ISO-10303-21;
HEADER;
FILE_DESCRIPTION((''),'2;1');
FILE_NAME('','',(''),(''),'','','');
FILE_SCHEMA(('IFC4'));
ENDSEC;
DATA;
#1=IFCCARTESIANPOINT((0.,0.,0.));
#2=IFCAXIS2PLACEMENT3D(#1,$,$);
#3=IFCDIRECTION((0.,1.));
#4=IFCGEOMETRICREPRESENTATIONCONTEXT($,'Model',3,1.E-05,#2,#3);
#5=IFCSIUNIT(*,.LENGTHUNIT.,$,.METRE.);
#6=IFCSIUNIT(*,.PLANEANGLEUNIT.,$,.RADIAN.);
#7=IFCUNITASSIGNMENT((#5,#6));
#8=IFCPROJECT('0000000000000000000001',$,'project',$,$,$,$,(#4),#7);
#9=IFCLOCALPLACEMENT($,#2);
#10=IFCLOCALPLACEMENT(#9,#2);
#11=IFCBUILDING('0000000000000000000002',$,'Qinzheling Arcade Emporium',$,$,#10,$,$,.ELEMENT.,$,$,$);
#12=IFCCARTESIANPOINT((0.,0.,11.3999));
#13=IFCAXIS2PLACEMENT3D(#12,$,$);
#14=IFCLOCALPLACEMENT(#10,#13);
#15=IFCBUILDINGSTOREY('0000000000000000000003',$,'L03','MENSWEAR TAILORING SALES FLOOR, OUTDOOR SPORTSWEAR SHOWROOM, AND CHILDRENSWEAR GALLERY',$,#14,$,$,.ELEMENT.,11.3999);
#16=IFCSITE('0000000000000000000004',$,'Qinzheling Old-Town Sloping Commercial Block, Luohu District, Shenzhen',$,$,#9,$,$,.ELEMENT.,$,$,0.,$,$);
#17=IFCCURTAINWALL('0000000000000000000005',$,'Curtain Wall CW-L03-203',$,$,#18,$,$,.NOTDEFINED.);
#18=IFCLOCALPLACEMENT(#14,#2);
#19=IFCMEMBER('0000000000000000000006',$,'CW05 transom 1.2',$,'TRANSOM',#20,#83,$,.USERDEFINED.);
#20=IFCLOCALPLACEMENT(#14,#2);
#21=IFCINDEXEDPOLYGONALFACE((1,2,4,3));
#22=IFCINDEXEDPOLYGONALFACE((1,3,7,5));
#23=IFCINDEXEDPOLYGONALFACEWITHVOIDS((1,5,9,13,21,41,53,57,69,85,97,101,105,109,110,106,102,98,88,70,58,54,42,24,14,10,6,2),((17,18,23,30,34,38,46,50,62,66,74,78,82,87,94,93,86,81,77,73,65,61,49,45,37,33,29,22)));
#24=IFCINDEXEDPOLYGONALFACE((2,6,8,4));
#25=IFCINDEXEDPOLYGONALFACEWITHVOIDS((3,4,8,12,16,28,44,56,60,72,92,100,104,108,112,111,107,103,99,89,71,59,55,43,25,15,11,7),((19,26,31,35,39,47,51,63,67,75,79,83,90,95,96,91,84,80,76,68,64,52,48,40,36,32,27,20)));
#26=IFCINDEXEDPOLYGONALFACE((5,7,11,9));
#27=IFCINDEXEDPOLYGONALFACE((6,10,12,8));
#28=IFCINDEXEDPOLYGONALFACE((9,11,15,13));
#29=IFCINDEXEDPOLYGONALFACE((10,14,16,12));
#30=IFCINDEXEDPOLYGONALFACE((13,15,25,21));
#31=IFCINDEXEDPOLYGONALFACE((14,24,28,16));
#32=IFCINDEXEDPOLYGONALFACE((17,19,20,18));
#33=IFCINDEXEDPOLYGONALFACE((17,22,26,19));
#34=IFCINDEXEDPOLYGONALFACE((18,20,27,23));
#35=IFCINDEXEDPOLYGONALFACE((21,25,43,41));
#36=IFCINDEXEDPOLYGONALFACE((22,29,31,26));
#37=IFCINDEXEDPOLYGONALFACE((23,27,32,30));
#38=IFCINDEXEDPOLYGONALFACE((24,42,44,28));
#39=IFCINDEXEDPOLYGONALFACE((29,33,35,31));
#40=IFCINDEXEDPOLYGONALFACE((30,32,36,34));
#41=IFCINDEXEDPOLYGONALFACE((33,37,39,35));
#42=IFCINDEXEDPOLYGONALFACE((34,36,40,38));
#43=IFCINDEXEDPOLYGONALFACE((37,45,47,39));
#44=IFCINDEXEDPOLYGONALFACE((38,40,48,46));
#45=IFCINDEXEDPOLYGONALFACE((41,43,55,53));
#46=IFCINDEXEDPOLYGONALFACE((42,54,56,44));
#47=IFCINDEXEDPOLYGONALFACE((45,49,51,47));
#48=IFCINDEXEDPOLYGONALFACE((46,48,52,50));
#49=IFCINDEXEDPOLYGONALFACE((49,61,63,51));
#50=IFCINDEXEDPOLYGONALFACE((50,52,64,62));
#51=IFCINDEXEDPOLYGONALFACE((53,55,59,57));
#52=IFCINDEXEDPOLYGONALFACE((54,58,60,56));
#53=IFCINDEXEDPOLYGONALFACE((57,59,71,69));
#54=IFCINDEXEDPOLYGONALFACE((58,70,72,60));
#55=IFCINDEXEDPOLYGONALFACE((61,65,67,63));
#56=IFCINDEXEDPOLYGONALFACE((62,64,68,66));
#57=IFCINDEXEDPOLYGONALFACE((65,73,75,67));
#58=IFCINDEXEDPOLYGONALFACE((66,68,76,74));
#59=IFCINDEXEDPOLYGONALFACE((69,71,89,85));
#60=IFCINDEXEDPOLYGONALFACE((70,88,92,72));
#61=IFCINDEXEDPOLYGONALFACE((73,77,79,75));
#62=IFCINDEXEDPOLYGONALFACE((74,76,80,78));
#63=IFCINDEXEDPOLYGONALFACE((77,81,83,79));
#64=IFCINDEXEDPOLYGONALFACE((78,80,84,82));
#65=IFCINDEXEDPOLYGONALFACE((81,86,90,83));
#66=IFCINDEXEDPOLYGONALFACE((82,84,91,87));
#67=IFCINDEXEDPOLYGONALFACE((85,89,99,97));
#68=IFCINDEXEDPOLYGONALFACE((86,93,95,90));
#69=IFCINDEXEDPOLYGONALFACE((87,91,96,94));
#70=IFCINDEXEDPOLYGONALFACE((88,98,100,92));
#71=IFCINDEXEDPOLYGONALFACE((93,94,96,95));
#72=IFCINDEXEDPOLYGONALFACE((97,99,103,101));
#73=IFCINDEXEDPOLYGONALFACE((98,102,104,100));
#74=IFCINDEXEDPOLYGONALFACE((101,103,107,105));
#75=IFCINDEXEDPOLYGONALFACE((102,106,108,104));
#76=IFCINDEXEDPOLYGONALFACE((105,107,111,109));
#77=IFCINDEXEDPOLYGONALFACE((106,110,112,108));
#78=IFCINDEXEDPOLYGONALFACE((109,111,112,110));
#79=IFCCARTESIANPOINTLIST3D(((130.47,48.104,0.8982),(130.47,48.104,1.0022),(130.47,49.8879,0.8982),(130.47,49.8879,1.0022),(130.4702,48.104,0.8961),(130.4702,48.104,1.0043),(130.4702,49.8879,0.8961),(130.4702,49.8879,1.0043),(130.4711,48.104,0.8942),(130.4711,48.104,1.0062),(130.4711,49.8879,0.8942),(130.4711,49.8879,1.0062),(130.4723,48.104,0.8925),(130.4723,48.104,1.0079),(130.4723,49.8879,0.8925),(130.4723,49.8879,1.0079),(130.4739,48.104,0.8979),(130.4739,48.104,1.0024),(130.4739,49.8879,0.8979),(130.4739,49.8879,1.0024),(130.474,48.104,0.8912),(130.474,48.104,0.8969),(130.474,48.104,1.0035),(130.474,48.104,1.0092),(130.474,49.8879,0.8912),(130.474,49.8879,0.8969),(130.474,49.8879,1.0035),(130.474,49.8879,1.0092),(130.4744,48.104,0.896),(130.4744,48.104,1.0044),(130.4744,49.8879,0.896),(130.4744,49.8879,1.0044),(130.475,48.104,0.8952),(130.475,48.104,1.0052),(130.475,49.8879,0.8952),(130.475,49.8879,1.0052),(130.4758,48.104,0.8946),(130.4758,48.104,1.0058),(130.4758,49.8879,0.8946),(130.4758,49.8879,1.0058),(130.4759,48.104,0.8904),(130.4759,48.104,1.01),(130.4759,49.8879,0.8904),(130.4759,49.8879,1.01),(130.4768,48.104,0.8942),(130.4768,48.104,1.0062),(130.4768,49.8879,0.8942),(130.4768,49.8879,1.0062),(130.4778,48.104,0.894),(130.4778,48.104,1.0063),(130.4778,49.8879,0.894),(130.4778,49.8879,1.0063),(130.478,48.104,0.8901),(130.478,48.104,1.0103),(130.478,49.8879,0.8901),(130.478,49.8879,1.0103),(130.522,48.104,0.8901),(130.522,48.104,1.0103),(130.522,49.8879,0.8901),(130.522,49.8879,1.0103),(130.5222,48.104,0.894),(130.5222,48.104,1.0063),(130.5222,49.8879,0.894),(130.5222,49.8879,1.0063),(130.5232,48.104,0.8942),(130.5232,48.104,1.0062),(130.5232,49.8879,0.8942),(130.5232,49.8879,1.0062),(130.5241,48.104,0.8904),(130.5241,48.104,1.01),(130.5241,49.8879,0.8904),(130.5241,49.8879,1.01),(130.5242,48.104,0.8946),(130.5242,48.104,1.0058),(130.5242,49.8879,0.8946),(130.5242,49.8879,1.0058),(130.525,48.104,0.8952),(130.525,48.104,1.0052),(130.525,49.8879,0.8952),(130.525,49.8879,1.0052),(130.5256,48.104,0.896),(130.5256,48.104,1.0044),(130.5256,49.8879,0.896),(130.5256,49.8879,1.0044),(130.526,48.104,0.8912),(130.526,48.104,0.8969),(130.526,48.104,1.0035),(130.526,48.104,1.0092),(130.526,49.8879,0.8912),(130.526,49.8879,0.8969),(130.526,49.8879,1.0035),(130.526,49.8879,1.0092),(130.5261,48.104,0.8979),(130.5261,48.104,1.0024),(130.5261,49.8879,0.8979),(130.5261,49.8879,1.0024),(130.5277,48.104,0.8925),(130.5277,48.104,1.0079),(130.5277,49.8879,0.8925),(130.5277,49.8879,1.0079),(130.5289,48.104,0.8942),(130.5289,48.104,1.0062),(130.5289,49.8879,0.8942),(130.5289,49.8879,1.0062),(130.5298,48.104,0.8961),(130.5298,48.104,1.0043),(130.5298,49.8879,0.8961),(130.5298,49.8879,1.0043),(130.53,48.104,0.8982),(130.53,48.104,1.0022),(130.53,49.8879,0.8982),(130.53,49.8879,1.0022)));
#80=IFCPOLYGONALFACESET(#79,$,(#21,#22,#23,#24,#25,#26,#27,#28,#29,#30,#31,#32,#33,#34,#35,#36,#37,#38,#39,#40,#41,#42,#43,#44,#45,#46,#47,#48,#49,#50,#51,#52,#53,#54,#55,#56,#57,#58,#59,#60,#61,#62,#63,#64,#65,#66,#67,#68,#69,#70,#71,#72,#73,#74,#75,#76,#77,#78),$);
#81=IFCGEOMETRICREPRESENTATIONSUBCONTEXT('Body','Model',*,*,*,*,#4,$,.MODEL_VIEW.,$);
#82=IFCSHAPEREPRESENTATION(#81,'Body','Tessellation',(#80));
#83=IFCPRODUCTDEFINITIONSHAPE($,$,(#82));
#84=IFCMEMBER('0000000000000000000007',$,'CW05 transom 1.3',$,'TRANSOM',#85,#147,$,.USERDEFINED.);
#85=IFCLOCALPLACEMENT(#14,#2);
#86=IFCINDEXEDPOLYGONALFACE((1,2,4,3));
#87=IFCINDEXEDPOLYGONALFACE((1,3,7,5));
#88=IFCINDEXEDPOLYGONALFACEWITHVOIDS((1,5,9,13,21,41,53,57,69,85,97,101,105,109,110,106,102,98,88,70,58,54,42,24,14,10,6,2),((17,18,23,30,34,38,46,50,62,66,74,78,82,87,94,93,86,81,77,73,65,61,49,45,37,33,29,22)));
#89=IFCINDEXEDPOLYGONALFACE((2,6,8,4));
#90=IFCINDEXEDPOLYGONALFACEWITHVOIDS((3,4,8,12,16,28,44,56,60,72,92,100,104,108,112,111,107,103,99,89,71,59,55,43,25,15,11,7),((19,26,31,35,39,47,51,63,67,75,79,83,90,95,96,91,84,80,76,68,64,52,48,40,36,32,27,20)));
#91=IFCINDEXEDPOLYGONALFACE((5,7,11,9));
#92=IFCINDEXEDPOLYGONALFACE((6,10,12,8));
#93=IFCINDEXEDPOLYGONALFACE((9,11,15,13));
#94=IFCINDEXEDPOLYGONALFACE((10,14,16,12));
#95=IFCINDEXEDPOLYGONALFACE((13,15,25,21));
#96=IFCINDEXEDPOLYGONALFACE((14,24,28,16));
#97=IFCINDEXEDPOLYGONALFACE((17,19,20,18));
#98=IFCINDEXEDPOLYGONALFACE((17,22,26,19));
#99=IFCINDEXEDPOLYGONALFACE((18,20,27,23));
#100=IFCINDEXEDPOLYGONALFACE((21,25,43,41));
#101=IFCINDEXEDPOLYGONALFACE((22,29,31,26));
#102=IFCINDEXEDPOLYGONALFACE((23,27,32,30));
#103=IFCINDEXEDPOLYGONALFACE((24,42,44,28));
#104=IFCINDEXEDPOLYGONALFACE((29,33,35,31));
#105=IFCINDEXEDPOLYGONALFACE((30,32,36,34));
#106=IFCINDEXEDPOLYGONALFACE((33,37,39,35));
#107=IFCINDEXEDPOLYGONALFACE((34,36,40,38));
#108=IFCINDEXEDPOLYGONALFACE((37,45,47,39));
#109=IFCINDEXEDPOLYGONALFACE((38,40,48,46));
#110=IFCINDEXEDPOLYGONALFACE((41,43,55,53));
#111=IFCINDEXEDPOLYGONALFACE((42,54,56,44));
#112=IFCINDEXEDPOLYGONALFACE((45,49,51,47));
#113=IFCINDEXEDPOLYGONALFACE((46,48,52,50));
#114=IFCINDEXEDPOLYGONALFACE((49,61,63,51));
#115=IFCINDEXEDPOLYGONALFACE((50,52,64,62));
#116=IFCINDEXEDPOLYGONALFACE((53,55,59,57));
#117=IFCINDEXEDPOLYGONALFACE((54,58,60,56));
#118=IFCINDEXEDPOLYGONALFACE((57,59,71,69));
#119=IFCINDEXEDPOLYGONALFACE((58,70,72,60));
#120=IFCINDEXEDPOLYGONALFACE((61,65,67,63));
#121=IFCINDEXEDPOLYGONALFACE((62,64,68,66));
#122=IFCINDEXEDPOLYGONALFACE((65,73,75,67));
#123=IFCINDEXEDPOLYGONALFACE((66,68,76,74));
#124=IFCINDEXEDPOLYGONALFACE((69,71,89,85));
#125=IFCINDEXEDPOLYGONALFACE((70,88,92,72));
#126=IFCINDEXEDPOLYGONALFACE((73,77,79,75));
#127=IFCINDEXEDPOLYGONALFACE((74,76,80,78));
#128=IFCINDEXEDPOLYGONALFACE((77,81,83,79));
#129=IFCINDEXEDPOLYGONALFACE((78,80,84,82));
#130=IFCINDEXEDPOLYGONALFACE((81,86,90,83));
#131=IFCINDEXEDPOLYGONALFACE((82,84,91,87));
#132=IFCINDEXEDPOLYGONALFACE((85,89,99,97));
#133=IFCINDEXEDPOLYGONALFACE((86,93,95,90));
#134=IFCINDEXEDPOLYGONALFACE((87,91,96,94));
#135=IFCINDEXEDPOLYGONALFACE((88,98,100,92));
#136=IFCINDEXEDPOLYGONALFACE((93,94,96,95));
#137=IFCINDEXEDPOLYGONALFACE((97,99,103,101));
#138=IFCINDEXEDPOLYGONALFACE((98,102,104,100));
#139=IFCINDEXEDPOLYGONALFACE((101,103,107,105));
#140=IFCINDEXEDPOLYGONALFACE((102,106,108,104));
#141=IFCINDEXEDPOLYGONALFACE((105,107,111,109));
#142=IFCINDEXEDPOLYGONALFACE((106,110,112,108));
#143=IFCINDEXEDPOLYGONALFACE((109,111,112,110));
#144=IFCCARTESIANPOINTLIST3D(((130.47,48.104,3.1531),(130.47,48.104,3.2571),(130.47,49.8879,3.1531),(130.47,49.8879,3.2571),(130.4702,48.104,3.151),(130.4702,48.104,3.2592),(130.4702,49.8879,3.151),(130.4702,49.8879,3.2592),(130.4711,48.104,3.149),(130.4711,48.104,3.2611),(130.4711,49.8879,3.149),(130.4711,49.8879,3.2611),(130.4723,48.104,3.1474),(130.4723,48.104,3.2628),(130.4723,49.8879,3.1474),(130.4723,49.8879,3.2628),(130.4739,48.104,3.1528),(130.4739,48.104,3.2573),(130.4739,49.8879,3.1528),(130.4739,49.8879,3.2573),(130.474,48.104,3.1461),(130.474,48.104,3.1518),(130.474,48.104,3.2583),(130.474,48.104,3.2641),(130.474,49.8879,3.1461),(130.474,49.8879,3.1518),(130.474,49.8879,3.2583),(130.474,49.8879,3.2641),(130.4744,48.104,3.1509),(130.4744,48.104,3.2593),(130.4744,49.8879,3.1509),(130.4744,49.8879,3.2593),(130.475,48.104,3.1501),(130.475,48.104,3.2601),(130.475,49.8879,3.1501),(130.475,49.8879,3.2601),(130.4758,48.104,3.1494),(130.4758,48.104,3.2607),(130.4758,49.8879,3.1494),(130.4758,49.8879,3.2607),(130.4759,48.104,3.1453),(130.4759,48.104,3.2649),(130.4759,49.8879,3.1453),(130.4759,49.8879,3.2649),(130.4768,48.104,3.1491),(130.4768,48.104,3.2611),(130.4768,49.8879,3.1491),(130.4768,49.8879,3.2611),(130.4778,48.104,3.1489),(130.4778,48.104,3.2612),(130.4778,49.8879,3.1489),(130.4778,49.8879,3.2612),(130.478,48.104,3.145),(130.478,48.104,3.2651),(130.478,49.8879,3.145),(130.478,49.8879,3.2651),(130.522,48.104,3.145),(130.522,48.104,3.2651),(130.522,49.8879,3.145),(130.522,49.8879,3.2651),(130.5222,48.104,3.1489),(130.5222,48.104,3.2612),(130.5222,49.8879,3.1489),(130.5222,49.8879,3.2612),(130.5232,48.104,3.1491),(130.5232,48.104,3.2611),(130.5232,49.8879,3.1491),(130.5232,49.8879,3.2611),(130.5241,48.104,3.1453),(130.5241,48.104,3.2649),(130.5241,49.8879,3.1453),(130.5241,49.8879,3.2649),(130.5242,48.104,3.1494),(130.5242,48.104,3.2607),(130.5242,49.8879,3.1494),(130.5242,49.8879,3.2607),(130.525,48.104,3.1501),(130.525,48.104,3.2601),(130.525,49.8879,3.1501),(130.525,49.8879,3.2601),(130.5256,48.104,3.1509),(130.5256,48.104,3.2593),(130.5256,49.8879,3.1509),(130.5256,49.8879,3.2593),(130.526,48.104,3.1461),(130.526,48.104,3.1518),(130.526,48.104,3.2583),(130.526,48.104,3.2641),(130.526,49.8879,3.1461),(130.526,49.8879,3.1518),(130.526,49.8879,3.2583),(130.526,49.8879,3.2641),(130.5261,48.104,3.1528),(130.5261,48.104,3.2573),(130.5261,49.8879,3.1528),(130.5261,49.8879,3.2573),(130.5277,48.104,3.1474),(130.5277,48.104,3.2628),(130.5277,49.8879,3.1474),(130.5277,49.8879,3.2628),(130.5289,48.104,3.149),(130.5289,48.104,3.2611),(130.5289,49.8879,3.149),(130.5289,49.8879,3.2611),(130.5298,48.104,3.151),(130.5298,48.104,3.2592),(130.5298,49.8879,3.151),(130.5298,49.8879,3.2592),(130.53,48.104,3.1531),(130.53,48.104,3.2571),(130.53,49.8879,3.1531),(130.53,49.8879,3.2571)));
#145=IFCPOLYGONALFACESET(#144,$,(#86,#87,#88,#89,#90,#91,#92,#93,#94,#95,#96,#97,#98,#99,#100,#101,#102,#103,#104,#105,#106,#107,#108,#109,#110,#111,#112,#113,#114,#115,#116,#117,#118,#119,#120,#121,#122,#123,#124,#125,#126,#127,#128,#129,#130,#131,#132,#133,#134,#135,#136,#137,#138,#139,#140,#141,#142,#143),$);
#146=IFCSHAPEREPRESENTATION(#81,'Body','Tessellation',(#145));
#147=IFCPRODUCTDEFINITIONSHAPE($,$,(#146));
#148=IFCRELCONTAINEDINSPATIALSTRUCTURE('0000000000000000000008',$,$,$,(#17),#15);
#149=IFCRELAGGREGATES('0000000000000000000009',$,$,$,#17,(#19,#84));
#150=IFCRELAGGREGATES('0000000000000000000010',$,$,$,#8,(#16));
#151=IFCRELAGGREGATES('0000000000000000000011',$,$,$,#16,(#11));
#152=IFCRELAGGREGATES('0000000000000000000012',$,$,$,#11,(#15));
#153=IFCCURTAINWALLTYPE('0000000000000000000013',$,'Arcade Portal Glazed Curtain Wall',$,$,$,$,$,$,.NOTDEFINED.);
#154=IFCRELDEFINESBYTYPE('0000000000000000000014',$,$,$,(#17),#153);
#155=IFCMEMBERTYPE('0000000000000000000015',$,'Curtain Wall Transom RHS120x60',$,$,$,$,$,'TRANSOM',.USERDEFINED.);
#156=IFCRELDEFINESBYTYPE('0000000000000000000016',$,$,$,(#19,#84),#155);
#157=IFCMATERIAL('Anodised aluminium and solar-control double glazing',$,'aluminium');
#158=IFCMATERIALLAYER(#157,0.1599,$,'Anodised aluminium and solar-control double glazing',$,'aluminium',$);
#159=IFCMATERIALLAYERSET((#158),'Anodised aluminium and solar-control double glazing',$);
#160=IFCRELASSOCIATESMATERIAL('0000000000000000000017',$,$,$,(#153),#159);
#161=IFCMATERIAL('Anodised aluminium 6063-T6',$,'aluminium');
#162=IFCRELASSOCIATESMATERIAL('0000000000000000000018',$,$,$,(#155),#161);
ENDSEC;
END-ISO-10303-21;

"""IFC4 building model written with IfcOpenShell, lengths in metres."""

from ifc_helpers import new_model, si_unit, direction, frame, origin, origin_2d, place, context, subcontext, project, spatial, hollow_rectangle, extrude, material, layer, layer_set, material_profile, profile_set, type_object, element, aggregate, save


model = new_model("IFC4")

# Units and contexts
model_context = context("Model", 3, precision=1e-05, world=origin(), true_north=direction((0.0, 1.0)))
body_context = subcontext(model_context, "Body", "Model", "MODEL_VIEW")
ifc_project = project(units=[si_unit("LENGTHUNIT", "METRE"), si_unit("PLANEANGLEUNIT", "RADIAN")], contexts=[model_context])

# Site, building, storey
site_placement = place(None, origin())
site = spatial("IfcSite", under=ifc_project, at=site_placement, Name="Qinzheling Old-Town Sloping Commercial Block, Luohu District, Shenzhen", CompositionType="ELEMENT", RefElevation=0.0)
building_placement = place(site_placement, origin())
building = spatial("IfcBuilding", under=site, at=building_placement, Name="Qinzheling Arcade Emporium", CompositionType="ELEMENT")
storey_placement = place(building_placement, frame((0.0, 0.0, 11.3999)))
storey = spatial("IfcBuildingStorey", under=building, at=storey_placement, Name="L03", Description="MENSWEAR TAILORING SALES FLOOR, OUTDOOR SPORTSWEAR SHOWROOM, AND CHILDRENSWEAR GALLERY", CompositionType="ELEMENT", Elevation=11.3999)

# Curtain wall, members
ifc_material_1 = material(Name="Anodised aluminium and solar-control double glazing", Category="aluminium")
ifc_layer_1 = layer(ifc_material_1, 0.1599, Name="Anodised aluminium and solar-control double glazing", Category="aluminium")
ifc_layer_set_1 = layer_set([ifc_layer_1], Name="Anodised aluminium and solar-control double glazing")
curtain_wall_type = type_object("IfcCurtainWallType", Name="Arcade Portal Glazed Curtain Wall", PredefinedType="NOTDEFINED", material=ifc_layer_set_1)
curtain_wall_placement = place(storey_placement, origin())
curtain_wall = element("IfcCurtainWall", 1, at=curtain_wall_placement, inside=storey, type_object=curtain_wall_type, Name="Curtain Wall CW-L03-203", PredefinedType="NOTDEFINED")
ifc_material_2 = material(Name="Anodised aluminium 6063-T6", Category="aluminium")
ifc_material_profile_1 = material_profile(ifc_material_2, hollow_rectangle(XDim=0.0601, YDim=0.1201, WallThickness=0.0039, InnerFilletRadius=0.0039, OuterFilletRadius=0.0081, at=origin_2d()), Name="RHS 120x60x4", Category="aluminium")
ifc_profile_set_1 = profile_set([ifc_material_profile_1], Name="Anodised aluminium 6063-T6")
member_type = type_object("IfcMemberType", Name="Curtain Wall Transom RHS120x60", ElementType="TRANSOM", PredefinedType="USERDEFINED", material=ifc_profile_set_1)
member_1_placement = place(storey_placement, frame((130.5, 49.8879, 0.9502), z_axis=(0.0, -1.0, 0.0), x_axis=(1.0, 0.0, 0.0)))
member_1 = element("IfcMember", 2, at=member_1_placement, type_object=member_type, Name="CW05 transom 1.2", ObjectType="TRANSOM", PredefinedType="USERDEFINED", context=body_context, shape_type="SweptSolid", body=[
    extrude(hollow_rectangle(XDim=0.0601, YDim=0.1201, WallThickness=0.0039, InnerFilletRadius=0.0039, OuterFilletRadius=0.0081, at=origin_2d()), origin(), (0.0, 0.0, 1.0), 1.7839),
])
member_2_placement = place(storey_placement, frame((130.5, 49.8879, 3.2051), z_axis=(0.0, -1.0, 0.0), x_axis=(1.0, 0.0, 0.0)))
member_2 = element("IfcMember", 3, at=member_2_placement, type_object=member_type, Name="CW05 transom 1.3", ObjectType="TRANSOM", PredefinedType="USERDEFINED", context=body_context, shape_type="SweptSolid", body=[
    extrude(hollow_rectangle(XDim=0.0601, YDim=0.1201, WallThickness=0.0039, InnerFilletRadius=0.0039, OuterFilletRadius=0.0081, at=origin_2d()), origin(), (0.0, 0.0, 1.0), 1.7839),
])

aggregate(curtain_wall, [member_1, member_2])

save(model, "model.ifc")
